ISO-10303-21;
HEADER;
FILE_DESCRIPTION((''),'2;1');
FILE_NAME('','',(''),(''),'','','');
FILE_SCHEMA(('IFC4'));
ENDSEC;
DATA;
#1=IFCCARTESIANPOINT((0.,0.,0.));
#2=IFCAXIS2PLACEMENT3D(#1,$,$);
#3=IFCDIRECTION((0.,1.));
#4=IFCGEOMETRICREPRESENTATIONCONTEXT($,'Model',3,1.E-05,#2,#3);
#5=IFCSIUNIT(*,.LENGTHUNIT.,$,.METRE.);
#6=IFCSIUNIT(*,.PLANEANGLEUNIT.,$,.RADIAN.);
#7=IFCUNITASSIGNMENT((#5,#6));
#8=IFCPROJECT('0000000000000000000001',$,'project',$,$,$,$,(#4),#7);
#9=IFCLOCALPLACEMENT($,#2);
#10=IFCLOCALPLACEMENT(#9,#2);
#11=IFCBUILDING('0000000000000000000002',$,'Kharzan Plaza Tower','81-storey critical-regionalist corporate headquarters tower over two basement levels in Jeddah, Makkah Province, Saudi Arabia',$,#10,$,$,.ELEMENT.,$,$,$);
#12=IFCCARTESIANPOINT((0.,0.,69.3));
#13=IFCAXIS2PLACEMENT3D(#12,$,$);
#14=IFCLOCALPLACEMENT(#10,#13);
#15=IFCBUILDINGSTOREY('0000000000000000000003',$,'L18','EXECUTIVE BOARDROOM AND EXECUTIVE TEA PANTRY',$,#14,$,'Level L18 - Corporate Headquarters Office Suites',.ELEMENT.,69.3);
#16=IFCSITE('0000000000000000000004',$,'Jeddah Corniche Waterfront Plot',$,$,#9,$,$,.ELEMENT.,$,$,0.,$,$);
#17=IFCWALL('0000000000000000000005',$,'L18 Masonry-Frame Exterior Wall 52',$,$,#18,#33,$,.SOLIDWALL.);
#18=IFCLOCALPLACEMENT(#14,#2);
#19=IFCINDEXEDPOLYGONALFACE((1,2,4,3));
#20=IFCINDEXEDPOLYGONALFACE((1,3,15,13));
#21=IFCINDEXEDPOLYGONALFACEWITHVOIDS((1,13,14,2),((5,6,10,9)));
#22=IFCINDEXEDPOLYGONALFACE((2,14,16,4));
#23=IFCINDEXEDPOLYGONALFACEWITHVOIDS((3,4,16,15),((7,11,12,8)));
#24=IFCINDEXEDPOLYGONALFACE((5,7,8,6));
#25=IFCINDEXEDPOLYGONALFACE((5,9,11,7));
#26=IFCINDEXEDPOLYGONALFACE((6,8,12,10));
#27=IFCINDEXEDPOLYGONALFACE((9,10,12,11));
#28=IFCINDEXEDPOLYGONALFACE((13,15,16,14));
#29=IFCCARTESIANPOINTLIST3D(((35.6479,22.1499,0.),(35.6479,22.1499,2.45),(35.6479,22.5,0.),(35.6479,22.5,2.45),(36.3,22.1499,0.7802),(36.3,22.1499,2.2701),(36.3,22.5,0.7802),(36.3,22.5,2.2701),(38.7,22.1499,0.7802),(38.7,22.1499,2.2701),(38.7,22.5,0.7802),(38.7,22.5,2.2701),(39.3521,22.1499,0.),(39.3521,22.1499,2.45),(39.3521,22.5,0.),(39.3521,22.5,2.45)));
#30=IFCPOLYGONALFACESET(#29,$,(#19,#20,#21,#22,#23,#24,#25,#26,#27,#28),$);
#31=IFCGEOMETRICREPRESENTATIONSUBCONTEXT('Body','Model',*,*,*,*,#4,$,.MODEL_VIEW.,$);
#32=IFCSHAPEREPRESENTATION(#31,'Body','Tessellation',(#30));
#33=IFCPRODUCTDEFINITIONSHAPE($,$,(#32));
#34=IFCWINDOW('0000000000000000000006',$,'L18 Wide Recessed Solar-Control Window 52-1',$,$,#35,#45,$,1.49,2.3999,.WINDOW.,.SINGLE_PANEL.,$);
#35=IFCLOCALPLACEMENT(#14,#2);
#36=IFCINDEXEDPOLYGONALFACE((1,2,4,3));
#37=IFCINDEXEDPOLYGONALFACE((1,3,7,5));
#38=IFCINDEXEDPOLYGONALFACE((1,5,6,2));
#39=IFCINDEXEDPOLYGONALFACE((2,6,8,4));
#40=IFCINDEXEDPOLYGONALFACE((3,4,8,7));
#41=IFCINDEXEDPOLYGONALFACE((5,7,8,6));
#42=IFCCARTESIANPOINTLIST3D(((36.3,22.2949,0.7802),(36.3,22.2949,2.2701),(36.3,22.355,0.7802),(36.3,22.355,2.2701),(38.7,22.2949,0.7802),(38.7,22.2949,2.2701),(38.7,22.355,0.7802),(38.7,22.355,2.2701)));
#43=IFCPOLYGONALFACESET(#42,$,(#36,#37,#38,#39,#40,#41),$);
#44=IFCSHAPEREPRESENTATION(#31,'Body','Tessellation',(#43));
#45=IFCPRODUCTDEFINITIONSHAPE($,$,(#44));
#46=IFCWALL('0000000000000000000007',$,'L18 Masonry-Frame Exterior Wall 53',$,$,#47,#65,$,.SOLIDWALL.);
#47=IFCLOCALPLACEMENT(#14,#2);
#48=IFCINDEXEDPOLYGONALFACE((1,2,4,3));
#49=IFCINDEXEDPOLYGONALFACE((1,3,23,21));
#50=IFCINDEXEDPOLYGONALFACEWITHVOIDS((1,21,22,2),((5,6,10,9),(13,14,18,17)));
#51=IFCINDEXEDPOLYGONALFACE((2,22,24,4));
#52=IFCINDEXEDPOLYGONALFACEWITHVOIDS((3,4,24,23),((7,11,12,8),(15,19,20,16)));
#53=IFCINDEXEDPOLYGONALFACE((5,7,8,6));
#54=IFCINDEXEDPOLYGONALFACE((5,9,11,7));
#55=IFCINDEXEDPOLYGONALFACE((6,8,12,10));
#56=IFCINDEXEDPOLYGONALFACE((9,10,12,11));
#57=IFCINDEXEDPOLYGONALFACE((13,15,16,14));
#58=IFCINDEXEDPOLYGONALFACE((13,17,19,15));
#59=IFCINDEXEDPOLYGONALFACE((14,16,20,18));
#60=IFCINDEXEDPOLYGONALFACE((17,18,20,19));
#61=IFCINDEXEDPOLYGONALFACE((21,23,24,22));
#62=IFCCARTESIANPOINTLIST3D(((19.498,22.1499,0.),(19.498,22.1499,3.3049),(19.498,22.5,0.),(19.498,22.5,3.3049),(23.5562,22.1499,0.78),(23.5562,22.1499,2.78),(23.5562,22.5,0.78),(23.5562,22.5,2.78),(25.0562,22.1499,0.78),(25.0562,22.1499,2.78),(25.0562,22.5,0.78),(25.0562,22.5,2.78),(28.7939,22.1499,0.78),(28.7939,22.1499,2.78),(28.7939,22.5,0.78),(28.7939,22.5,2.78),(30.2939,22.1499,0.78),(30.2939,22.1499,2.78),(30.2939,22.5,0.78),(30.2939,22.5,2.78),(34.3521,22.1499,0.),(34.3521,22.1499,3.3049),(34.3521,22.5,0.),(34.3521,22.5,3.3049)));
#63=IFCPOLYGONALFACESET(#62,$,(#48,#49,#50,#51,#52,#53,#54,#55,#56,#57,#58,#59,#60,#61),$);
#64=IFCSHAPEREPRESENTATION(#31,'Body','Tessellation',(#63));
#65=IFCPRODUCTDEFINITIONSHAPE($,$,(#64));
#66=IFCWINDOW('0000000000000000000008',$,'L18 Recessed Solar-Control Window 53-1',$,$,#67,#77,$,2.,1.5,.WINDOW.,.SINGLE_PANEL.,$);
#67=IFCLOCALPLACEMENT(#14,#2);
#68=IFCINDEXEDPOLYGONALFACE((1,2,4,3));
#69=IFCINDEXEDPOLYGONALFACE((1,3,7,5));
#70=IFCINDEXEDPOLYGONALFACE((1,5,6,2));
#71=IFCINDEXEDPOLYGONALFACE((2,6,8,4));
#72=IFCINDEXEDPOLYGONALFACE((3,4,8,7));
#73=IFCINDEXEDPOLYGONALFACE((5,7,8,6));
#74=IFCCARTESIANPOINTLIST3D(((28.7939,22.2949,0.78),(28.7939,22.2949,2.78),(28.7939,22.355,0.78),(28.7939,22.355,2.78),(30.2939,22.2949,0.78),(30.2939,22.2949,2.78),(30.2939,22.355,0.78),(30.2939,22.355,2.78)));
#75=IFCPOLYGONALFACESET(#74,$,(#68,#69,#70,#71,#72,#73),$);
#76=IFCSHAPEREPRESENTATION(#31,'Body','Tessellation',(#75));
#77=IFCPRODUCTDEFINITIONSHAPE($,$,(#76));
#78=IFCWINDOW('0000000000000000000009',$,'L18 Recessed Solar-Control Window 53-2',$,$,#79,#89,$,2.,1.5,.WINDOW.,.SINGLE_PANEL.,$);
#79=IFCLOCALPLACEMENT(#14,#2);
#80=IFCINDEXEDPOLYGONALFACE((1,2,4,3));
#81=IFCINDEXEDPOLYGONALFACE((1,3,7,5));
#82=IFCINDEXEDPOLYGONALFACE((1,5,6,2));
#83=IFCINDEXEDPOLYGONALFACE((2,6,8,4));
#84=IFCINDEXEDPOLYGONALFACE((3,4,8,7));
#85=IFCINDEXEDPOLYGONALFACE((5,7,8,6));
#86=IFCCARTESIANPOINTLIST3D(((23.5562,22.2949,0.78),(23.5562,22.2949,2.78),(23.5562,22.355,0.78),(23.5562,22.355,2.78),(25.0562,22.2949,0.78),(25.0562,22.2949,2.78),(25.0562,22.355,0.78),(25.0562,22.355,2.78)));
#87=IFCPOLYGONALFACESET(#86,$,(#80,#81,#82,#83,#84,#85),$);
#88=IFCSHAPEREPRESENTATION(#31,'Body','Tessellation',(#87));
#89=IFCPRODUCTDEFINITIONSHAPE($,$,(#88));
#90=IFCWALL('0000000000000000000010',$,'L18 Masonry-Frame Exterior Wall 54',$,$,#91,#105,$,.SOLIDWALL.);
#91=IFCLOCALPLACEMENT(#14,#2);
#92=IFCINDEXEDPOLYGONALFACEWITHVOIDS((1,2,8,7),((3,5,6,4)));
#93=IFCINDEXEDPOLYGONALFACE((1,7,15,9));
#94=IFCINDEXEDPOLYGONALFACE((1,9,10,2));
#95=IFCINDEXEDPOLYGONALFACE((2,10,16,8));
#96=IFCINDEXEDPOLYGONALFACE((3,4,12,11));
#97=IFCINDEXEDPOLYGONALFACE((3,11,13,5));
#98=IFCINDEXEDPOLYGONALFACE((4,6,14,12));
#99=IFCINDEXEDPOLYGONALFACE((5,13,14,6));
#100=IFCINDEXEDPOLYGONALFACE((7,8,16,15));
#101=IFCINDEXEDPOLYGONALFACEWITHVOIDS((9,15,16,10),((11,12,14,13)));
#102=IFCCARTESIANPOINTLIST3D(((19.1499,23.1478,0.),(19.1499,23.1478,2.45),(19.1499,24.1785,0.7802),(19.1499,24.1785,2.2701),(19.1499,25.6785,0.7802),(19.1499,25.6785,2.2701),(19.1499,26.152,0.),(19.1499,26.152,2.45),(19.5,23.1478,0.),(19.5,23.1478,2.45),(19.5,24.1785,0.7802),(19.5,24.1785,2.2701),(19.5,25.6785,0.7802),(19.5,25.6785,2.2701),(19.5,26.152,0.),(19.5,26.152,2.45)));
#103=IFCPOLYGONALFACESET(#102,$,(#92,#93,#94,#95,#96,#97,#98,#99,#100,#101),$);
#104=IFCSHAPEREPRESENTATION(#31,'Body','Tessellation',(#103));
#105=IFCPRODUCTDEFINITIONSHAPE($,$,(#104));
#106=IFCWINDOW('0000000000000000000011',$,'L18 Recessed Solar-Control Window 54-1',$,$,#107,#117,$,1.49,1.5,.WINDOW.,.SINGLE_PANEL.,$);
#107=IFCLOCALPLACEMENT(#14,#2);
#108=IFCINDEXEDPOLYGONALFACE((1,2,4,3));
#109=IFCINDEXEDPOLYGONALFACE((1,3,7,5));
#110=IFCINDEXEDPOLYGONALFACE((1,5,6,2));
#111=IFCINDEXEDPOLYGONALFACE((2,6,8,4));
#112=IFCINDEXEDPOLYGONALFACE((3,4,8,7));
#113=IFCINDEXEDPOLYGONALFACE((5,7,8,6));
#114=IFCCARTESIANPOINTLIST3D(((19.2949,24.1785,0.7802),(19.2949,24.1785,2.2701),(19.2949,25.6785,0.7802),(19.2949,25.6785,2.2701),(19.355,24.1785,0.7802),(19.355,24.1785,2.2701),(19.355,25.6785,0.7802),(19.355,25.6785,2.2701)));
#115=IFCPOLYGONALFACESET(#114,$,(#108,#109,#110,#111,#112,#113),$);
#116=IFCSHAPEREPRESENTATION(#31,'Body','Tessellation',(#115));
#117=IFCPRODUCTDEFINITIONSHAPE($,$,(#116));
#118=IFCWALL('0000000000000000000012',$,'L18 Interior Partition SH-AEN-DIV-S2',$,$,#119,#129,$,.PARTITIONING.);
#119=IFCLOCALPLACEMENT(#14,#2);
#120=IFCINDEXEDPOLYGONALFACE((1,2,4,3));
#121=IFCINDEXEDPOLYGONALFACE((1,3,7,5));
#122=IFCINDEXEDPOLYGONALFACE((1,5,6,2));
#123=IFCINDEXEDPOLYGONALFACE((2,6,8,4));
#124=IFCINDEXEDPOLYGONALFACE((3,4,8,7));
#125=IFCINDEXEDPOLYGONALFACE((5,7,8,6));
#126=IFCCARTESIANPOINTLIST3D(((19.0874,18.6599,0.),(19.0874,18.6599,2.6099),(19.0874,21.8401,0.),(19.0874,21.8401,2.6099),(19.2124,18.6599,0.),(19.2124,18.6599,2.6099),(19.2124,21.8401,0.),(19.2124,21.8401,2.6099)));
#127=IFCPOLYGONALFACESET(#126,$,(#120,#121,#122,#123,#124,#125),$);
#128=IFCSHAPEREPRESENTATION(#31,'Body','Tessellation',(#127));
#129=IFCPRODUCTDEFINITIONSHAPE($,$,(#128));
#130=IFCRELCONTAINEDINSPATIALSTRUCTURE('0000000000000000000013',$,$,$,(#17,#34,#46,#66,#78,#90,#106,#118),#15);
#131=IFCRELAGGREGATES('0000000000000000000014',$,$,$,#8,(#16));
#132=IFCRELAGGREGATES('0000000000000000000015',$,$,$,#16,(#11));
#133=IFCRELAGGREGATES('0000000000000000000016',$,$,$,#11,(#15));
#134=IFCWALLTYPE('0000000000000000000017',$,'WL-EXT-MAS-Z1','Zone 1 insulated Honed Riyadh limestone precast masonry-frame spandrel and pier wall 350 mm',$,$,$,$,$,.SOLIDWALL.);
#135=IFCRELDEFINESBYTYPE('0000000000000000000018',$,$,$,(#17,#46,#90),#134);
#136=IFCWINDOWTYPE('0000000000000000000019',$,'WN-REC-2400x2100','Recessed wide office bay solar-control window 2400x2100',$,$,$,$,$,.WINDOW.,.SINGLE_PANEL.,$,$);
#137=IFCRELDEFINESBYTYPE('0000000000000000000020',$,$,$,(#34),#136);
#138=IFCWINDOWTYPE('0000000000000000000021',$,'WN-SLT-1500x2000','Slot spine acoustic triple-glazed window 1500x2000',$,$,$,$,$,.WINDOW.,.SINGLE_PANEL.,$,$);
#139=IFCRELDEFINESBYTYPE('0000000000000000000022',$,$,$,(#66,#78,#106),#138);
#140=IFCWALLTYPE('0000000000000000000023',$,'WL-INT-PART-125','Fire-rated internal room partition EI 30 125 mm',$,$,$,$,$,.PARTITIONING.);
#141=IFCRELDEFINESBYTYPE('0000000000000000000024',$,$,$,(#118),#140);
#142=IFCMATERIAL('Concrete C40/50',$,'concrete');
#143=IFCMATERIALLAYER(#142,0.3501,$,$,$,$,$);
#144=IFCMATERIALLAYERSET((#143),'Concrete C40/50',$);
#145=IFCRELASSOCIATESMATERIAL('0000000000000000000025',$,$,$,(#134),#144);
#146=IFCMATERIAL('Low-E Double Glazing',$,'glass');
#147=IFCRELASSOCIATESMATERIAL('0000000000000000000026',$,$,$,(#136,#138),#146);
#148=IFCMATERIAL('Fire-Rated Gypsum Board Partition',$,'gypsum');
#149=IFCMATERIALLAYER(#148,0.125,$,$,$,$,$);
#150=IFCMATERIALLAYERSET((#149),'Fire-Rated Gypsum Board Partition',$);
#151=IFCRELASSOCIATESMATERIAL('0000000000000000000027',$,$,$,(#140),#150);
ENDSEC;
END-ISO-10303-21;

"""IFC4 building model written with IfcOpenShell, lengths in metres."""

from ifc_helpers import new_model, si_unit, direction, frame, frame_2d, origin, place, context, subcontext, project, spatial, rectangle, extrude, source, transform, mapped, material, layer, layer_set, type_object, element, fill, save


model = new_model("IFC4")

# Units and contexts
model_context = context("Model", 3, precision=1e-05, world=origin(), true_north=direction((0.0, 1.0)))
body_context = subcontext(model_context, "Body", "Model", "MODEL_VIEW")
ifc_project = project(units=[si_unit("LENGTHUNIT", "METRE"), si_unit("PLANEANGLEUNIT", "RADIAN")], contexts=[model_context])

# Site, building, storey
site_placement = place(None, origin())
site = spatial("IfcSite", under=ifc_project, at=site_placement, Name="Jeddah Corniche Waterfront Plot", CompositionType="ELEMENT", RefElevation=0.0)
building_placement = place(site_placement, origin())
building = spatial("IfcBuilding", under=site, at=building_placement, Name="Kharzan Plaza Tower", Description="81-storey critical-regionalist corporate headquarters tower over two basement levels in Jeddah, Makkah Province, Saudi Arabia", CompositionType="ELEMENT")
storey_placement = place(building_placement, frame((0.0, 0.0, 69.3)))
storey = spatial("IfcBuildingStorey", under=building, at=storey_placement, Name="L18", Description="EXECUTIVE BOARDROOM AND EXECUTIVE TEA PANTRY", LongName="Level L18 - Corporate Headquarters Office Suites", CompositionType="ELEMENT", Elevation=69.3)

# Wall, opening, window
ifc_material_1 = material(Name="Concrete C40/50", Category="concrete")
ifc_layer_1 = layer(ifc_material_1, 0.3501)
ifc_layer_set_1 = layer_set([ifc_layer_1], Name="Concrete C40/50")
wall_type_1 = type_object("IfcWallType", Name="WL-EXT-MAS-Z1", Description="Zone 1 insulated Honed Riyadh limestone precast masonry-frame spandrel and pier wall 350 mm", PredefinedType="SOLIDWALL", material=ifc_layer_set_1)
wall_1_placement = place(storey_placement, frame((39.3521, 22.325, 0.0), z_axis=(0.0, 0.0, 1.0), x_axis=(-1.0, 0.0, 0.0)))
wall_1 = element("IfcWall", 1, at=wall_1_placement, inside=storey, type_object=wall_type_1, Name="L18 Masonry-Frame Exterior Wall 52", PredefinedType="SOLIDWALL", context=body_context, shape_type="SweptSolid", body=[
    extrude(rectangle(XDim=3.7041, YDim=0.3501, at=frame_2d((1.8521, 0.0))), origin(), (0.0, 0.0, 1.0), 2.45),
])
opening_1_placement = place(wall_1_placement, frame((0.6521, 0.0, 0.78)))
opening_1 = element("IfcOpeningElement", 2, at=opening_1_placement, cuts=wall_1, PredefinedType="OPENING", context=body_context, shape_type="SweptSolid", body=[
    extrude(rectangle(XDim=2.3999, YDim=1.49, at=frame_2d((1.2, 0.7451))), frame((0.0, 0.1851, 0.0), z_axis=(0.0, -1.0, 0.0), x_axis=(1.0, 0.0, 0.0)), (0.0, 0.0, 1.0), 0.3701),
])
ifc_material_2 = material(Name="Low-E Double Glazing", Category="glass")
window_type_1 = type_object("IfcWindowType", Name="WN-REC-2400x2100", Description="Recessed wide office bay solar-control window 2400x2100", PartitioningType="SINGLE_PANEL", PredefinedType="WINDOW", material=ifc_material_2)
shared_shape_1 = source(origin(), body_context, "Body", "SweptSolid", [
    extrude(rectangle(XDim=2.3999, YDim=1.49, at=frame_2d((1.2, 0.7451))), frame((0.0, 0.03, 0.0), z_axis=(0.0, -1.0, 0.0), x_axis=(1.0, 0.0, 0.0)), (0.0, 0.0, 1.0), 0.0601),
])
window_1_placement = place(opening_1_placement, origin())
window_1 = element("IfcWindow", 3, at=window_1_placement, inside=storey, type_object=window_type_1, Name="L18 Wide Recessed Solar-Control Window 52-1", OverallHeight=1.49, OverallWidth=2.3999, PartitioningType="SINGLE_PANEL", PredefinedType="WINDOW", context=body_context, shape_type="MappedRepresentation", body=[
    mapped(shared_shape_1, transform((0.0, 0.0, 0.0), x_axis=(1.0, 0.0, 0.0), y_axis=(0.0, 1.0, 0.0), z_axis=(0.0, 0.0, 1.0))),
])
fill(opening_1, window_1)

# Wall, openings, windows
wall_2_placement = place(storey_placement, frame((34.3521, 22.325, 0.0), z_axis=(0.0, 0.0, 1.0), x_axis=(-1.0, 0.0, 0.0)))
wall_2 = element("IfcWall", 4, at=wall_2_placement, inside=storey, type_object=wall_type_1, Name="L18 Masonry-Frame Exterior Wall 53", PredefinedType="SOLIDWALL", context=body_context, shape_type="SweptSolid", body=[
    extrude(rectangle(XDim=14.854, YDim=0.3501, at=frame_2d((7.427, 0.0))), origin(), (0.0, 0.0, 1.0), 3.3049),
])
opening_2_placement = place(wall_2_placement, frame((4.0581, 0.0, 0.78)))
opening_2 = element("IfcOpeningElement", 5, at=opening_2_placement, cuts=wall_2, PredefinedType="OPENING", context=body_context, shape_type="SweptSolid", body=[
    extrude(rectangle(XDim=1.5, YDim=2.0, at=frame_2d((0.75, 1.0))), frame((0.0, 0.1851, 0.0), z_axis=(0.0, -1.0, 0.0), x_axis=(1.0, 0.0, 0.0)), (0.0, 0.0, 1.0), 0.3701),
])
opening_3_placement = place(wall_2_placement, frame((9.2959, 0.0, 0.78)))
opening_3 = element("IfcOpeningElement", 6, at=opening_3_placement, cuts=wall_2, PredefinedType="OPENING", context=body_context, shape_type="SweptSolid", body=[
    extrude(rectangle(XDim=1.5, YDim=2.0, at=frame_2d((0.75, 1.0))), frame((0.0, 0.1851, 0.0), z_axis=(0.0, -1.0, 0.0), x_axis=(1.0, 0.0, 0.0)), (0.0, 0.0, 1.0), 0.3701),
])
window_type_2 = type_object("IfcWindowType", Name="WN-SLT-1500x2000", Description="Slot spine acoustic triple-glazed window 1500x2000", PartitioningType="SINGLE_PANEL", PredefinedType="WINDOW", material=ifc_material_2)
shared_shape_2 = source(origin(), body_context, "Body", "SweptSolid", [
    extrude(rectangle(XDim=1.5, YDim=2.0, at=frame_2d((0.75, 1.0))), frame((0.0, 0.03, 0.0), z_axis=(0.0, -1.0, 0.0), x_axis=(1.0, 0.0, 0.0)), (0.0, 0.0, 1.0), 0.0601),
])
window_2_placement = place(opening_2_placement, origin())
window_2 = element("IfcWindow", 7, at=window_2_placement, inside=storey, type_object=window_type_2, Name="L18 Recessed Solar-Control Window 53-1", OverallHeight=2.0, OverallWidth=1.5, PartitioningType="SINGLE_PANEL", PredefinedType="WINDOW", context=body_context, shape_type="MappedRepresentation", body=[
    mapped(shared_shape_2, transform((0.0, 0.0, 0.0), x_axis=(1.0, 0.0, 0.0), y_axis=(0.0, 1.0, 0.0), z_axis=(0.0, 0.0, 1.0))),
])
fill(opening_2, window_2)
window_3_placement = place(opening_3_placement, origin())
window_3 = element("IfcWindow", 8, at=window_3_placement, inside=storey, type_object=window_type_2, Name="L18 Recessed Solar-Control Window 53-2", OverallHeight=2.0, OverallWidth=1.5, PartitioningType="SINGLE_PANEL", PredefinedType="WINDOW", context=body_context, shape_type="MappedRepresentation", body=[
    mapped(shared_shape_2, transform((0.0, 0.0, 0.0), x_axis=(1.0, 0.0, 0.0), y_axis=(0.0, 1.0, 0.0), z_axis=(0.0, 0.0, 1.0))),
])
fill(opening_3, window_3)

# Wall, opening, window
wall_3_placement = place(storey_placement, frame((19.325, 23.1479, 0.0), z_axis=(0.0, 0.0, 1.0), x_axis=(0.0, 1.0, 0.0)))
wall_3 = element("IfcWall", 9, at=wall_3_placement, inside=storey, type_object=wall_type_1, Name="L18 Masonry-Frame Exterior Wall 54", PredefinedType="SOLIDWALL", context=body_context, shape_type="SweptSolid", body=[
    extrude(rectangle(XDim=3.0042, YDim=0.3501, at=frame_2d((1.502, 0.0))), origin(), (0.0, 0.0, 1.0), 2.45),
])
opening_4_placement = place(wall_3_placement, frame((1.0305, 0.0, 0.78)))
opening_4 = element("IfcOpeningElement", 10, at=opening_4_placement, cuts=wall_3, PredefinedType="OPENING", context=body_context, shape_type="SweptSolid", body=[
    extrude(rectangle(XDim=1.5, YDim=1.49, at=frame_2d((0.75, 0.7451))), frame((0.0, 0.1851, 0.0), z_axis=(0.0, -1.0, 0.0), x_axis=(1.0, 0.0, 0.0)), (0.0, 0.0, 1.0), 0.3701),
])
shared_shape_3 = source(origin(), body_context, "Body", "SweptSolid", [
    extrude(rectangle(XDim=1.5, YDim=1.49, at=frame_2d((0.75, 0.7451))), frame((0.0, 0.03, 0.0), z_axis=(0.0, -1.0, 0.0), x_axis=(1.0, 0.0, 0.0)), (0.0, 0.0, 1.0), 0.0601),
])
window_4_placement = place(opening_4_placement, origin())
window_4 = element("IfcWindow", 11, at=window_4_placement, inside=storey, type_object=window_type_2, Name="L18 Recessed Solar-Control Window 54-1", OverallHeight=1.49, OverallWidth=1.5, PartitioningType="SINGLE_PANEL", PredefinedType="WINDOW", context=body_context, shape_type="MappedRepresentation", body=[
    mapped(shared_shape_3, transform((0.0, 0.0, 0.0), x_axis=(1.0, 0.0, 0.0), y_axis=(0.0, 1.0, 0.0), z_axis=(0.0, 0.0, 1.0))),
])
fill(opening_4, window_4)

# Wall
ifc_material_3 = material(Name="Fire-Rated Gypsum Board Partition", Category="gypsum")
ifc_layer_2 = layer(ifc_material_3, 0.125)
ifc_layer_set_2 = layer_set([ifc_layer_2], Name="Fire-Rated Gypsum Board Partition")
wall_type_2 = type_object("IfcWallType", Name="WL-INT-PART-125", Description="Fire-rated internal room partition EI 30 125 mm", PredefinedType="PARTITIONING", material=ifc_layer_set_2)
shared_shape_4 = source(origin(), body_context, "Body", "SweptSolid", [
    extrude(rectangle(XDim=3.1802, YDim=0.125, at=frame_2d((1.5901, 0.0))), origin(), (0.0, 0.0, 1.0), 2.6099),
])
wall_4_placement = place(storey_placement, frame((19.1499, 18.6599, 0.0), z_axis=(0.0, 0.0, 1.0), x_axis=(0.0, 1.0, 0.0)))
element("IfcWall", 12, at=wall_4_placement, inside=storey, type_object=wall_type_2, Name="L18 Interior Partition SH-AEN-DIV-S2", PredefinedType="PARTITIONING", context=body_context, shape_type="MappedRepresentation", body=[
    mapped(shared_shape_4, transform((0.0, 0.0, 0.0), x_axis=(1.0, 0.0, 0.0), y_axis=(0.0, 1.0, 0.0), z_axis=(0.0, 0.0, 1.0))),
])

save(model, "model.ifc")
